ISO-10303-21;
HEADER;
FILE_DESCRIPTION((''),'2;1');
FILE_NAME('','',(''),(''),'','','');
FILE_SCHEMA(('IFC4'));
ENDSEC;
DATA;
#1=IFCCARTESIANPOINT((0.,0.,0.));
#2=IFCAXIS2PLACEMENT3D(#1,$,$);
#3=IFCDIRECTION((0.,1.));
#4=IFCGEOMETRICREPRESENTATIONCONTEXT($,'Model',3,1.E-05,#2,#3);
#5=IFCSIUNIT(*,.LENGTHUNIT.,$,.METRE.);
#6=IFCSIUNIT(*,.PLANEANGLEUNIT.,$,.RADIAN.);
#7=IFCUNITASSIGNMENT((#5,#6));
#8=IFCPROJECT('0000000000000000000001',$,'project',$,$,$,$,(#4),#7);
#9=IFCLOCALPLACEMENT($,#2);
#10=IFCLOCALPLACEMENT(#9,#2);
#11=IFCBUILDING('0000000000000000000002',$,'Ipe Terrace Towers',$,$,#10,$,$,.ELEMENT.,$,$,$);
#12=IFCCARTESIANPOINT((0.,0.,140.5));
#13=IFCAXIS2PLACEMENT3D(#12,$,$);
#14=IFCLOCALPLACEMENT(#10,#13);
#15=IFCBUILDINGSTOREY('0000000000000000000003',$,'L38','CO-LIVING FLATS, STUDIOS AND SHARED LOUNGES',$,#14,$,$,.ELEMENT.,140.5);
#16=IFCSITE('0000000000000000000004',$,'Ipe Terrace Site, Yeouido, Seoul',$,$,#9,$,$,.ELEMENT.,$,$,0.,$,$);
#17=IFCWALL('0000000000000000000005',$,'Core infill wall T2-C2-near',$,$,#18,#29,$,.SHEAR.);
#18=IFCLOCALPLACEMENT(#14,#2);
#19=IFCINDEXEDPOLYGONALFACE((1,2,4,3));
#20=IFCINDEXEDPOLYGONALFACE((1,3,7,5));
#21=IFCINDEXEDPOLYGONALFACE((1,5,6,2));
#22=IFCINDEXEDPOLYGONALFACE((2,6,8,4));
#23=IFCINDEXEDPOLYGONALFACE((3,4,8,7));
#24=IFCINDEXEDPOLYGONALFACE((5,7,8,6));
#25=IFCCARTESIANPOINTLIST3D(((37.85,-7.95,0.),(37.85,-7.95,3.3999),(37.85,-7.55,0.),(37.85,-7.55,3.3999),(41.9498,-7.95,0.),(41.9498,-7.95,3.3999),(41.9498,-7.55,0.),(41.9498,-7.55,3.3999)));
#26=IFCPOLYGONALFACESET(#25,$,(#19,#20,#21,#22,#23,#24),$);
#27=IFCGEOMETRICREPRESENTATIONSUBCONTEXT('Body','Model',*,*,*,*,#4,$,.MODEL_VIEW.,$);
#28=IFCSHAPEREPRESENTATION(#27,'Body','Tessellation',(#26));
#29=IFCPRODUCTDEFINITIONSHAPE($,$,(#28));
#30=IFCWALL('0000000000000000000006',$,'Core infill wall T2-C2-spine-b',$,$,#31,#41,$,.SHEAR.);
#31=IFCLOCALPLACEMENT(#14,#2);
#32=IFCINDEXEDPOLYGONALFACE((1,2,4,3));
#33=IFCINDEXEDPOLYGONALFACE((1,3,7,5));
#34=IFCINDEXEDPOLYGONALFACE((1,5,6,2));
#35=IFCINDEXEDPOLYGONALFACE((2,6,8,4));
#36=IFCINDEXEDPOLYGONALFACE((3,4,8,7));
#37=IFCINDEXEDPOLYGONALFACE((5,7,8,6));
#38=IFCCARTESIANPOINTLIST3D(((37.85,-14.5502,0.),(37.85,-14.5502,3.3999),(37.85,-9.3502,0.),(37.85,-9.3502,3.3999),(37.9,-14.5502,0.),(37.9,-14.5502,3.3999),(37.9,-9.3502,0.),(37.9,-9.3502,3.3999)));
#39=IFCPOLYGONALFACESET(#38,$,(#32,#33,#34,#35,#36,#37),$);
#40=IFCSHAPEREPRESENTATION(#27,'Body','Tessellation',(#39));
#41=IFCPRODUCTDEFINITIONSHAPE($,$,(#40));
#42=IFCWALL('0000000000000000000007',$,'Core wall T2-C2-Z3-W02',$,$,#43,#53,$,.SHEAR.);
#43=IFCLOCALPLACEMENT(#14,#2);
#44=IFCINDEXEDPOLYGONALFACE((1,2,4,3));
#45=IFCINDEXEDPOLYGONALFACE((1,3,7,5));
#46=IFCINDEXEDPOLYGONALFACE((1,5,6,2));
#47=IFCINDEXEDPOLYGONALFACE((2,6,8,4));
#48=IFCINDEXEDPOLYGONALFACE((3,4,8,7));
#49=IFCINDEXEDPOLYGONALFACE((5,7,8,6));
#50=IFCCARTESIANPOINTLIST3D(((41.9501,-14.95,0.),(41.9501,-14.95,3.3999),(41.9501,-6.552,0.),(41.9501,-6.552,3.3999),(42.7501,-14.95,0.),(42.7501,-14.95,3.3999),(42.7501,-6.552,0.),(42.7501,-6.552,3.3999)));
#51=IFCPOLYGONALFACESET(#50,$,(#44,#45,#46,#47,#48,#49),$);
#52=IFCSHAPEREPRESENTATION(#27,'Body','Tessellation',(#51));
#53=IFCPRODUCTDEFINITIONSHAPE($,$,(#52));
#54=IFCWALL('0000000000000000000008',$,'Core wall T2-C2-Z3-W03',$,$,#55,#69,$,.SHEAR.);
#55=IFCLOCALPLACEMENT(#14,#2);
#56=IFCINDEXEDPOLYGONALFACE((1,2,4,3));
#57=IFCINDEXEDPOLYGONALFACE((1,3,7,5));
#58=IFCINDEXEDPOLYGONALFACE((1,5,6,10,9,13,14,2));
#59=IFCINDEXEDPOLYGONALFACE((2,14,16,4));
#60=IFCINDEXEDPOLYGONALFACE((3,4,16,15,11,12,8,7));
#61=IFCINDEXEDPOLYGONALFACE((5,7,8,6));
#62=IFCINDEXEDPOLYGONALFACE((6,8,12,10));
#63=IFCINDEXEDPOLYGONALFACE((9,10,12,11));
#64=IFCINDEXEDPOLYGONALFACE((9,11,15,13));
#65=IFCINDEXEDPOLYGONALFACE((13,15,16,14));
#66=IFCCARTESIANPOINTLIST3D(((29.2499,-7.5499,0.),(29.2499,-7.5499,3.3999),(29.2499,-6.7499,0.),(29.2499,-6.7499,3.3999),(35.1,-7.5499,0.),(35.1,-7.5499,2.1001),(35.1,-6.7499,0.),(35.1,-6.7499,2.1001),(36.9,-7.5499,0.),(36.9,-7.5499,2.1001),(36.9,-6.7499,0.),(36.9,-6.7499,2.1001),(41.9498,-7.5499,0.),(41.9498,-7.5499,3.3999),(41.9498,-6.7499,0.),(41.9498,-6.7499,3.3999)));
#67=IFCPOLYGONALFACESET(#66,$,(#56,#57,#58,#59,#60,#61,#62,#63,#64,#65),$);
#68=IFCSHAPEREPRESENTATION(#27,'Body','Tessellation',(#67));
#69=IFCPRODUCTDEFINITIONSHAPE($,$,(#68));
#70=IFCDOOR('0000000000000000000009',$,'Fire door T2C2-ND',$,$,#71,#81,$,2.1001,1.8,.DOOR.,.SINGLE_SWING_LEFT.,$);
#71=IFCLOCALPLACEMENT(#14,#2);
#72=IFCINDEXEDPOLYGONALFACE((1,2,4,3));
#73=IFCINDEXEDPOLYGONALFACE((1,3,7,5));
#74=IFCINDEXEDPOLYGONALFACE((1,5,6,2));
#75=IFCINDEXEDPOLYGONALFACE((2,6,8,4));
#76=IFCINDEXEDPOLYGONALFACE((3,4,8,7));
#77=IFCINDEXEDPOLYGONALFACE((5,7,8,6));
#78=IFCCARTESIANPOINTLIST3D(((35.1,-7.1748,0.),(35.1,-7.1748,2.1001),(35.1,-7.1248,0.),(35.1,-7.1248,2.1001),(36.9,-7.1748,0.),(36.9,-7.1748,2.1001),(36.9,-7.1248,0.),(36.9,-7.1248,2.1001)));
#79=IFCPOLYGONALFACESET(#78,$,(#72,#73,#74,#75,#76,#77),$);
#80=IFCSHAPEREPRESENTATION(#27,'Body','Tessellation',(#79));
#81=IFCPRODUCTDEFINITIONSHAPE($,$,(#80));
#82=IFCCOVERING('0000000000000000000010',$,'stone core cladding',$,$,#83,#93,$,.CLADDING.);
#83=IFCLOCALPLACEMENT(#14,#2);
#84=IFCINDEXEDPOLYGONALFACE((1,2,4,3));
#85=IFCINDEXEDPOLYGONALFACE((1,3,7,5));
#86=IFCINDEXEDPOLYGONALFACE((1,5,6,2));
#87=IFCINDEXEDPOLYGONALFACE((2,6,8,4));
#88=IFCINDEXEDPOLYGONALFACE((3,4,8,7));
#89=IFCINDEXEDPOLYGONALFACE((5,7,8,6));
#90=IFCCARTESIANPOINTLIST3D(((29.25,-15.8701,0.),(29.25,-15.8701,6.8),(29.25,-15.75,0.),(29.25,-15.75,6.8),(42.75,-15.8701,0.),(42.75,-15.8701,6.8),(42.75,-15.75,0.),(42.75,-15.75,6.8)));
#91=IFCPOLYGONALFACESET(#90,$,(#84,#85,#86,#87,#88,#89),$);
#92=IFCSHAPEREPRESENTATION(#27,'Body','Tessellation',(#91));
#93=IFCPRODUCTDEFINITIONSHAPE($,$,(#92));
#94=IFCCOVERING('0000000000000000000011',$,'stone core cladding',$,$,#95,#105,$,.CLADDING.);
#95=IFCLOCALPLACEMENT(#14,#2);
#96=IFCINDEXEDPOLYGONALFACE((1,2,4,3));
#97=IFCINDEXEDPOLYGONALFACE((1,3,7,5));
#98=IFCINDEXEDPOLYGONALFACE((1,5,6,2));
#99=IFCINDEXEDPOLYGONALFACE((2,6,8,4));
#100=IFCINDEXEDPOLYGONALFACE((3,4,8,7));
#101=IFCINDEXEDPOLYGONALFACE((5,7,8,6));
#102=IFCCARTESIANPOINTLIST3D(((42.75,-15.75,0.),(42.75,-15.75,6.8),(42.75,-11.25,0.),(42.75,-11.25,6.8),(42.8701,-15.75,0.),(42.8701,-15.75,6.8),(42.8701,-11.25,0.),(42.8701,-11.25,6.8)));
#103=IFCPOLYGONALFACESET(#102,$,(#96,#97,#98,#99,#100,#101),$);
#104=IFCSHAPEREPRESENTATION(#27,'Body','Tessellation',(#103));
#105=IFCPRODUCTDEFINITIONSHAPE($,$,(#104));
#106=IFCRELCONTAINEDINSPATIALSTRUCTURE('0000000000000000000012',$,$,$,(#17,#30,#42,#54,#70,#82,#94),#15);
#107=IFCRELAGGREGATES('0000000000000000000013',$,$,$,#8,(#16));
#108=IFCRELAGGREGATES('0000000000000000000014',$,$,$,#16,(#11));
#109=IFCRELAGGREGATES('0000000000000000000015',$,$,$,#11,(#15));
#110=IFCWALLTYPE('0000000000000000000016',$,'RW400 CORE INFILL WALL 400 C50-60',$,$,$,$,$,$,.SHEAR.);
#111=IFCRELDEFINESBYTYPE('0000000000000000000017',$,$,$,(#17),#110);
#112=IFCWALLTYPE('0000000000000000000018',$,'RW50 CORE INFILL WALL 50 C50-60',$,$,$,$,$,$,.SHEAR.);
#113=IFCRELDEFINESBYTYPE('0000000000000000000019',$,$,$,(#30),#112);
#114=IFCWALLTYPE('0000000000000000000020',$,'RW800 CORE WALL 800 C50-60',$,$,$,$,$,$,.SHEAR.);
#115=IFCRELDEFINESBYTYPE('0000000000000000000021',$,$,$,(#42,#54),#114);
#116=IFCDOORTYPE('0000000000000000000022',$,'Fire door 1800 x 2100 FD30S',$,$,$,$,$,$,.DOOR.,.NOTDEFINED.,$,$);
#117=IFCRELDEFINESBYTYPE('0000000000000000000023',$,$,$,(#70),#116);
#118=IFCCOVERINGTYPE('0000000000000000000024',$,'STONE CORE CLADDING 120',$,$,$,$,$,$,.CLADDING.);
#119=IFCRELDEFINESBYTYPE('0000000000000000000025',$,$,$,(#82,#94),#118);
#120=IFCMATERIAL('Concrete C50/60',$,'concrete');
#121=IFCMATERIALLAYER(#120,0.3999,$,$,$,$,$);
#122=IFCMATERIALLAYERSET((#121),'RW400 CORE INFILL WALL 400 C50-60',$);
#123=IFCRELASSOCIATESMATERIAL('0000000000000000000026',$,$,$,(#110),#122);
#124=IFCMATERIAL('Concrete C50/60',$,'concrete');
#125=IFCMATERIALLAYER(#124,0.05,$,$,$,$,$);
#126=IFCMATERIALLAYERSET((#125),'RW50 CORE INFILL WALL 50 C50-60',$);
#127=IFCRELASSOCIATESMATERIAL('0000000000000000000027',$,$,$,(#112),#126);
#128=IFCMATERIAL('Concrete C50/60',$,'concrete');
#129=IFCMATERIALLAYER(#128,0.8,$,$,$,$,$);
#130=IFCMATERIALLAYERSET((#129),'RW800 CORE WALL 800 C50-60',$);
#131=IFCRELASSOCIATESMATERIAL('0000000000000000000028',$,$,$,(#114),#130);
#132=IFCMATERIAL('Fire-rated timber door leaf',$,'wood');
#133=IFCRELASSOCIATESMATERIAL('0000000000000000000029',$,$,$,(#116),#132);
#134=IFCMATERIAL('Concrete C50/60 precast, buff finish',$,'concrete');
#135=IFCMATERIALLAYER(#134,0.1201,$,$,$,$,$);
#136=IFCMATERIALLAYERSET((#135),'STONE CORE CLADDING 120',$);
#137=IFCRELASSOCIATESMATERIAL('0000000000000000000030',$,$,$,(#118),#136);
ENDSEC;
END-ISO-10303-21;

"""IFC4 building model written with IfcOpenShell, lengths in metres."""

from ifc_helpers import new_model, si_unit, direction, frame, frame_2d, origin, origin_2d, place, context, subcontext, project, spatial, rectangle, extrude, material, layer, layer_set, type_object, element, fill, save


model = new_model("IFC4")

# Units and contexts
model_context = context("Model", 3, precision=1e-05, world=origin(), true_north=direction((0.0, 1.0)))
body_context = subcontext(model_context, "Body", "Model", "MODEL_VIEW")
ifc_project = project(units=[si_unit("LENGTHUNIT", "METRE"), si_unit("PLANEANGLEUNIT", "RADIAN")], contexts=[model_context])

# Site, building, storey
site_placement = place(None, origin())
site = spatial("IfcSite", under=ifc_project, at=site_placement, Name="Ipe Terrace Site, Yeouido, Seoul", CompositionType="ELEMENT", RefElevation=0.0)
building_placement = place(site_placement, origin())
building = spatial("IfcBuilding", under=site, at=building_placement, Name="Ipe Terrace Towers", CompositionType="ELEMENT")
storey_placement = place(building_placement, frame((0.0, 0.0, 140.5)))
storey = spatial("IfcBuildingStorey", under=building, at=storey_placement, Name="L38", Description="CO-LIVING FLATS, STUDIOS AND SHARED LOUNGES", CompositionType="ELEMENT", Elevation=140.5)

# Walls
ifc_material_1 = material(Name="Concrete C50/60", Category="concrete")
ifc_layer_1 = layer(ifc_material_1, 0.3999)
ifc_layer_set_1 = layer_set([ifc_layer_1], Name="RW400 CORE INFILL WALL 400 C50-60")
wall_type_1 = type_object("IfcWallType", Name="RW400 CORE INFILL WALL 400 C50-60", PredefinedType="SHEAR", material=ifc_layer_set_1)
wall_1_placement = place(storey_placement, frame((37.8501, -7.75, 0.0), z_axis=(0.0, 0.0, 1.0), x_axis=(1.0, 0.0, 0.0)))
element("IfcWall", 1, at=wall_1_placement, inside=storey, type_object=wall_type_1, Name="Core infill wall T2-C2-near", PredefinedType="SHEAR", context=body_context, shape_type="SweptSolid", body=[
    extrude(rectangle(XDim=4.0999, YDim=0.3999, at=frame_2d((2.0498, 0.0))), origin(), (0.0, 0.0, 1.0), 3.3999),
])
ifc_material_2 = material(Name="Concrete C50/60", Category="concrete")
ifc_layer_2 = layer(ifc_material_2, 0.05)
ifc_layer_set_2 = layer_set([ifc_layer_2], Name="RW50 CORE INFILL WALL 50 C50-60")
wall_type_2 = type_object("IfcWallType", Name="RW50 CORE INFILL WALL 50 C50-60", PredefinedType="SHEAR", material=ifc_layer_set_2)
wall_2_placement = place(storey_placement, frame((37.875, -9.3501, 0.0), z_axis=(0.0, 0.0, 1.0), x_axis=(0.0, -1.0, 0.0)))
element("IfcWall", 2, at=wall_2_placement, inside=storey, type_object=wall_type_2, Name="Core infill wall T2-C2-spine-b", PredefinedType="SHEAR", context=body_context, shape_type="SweptSolid", body=[
    extrude(rectangle(XDim=5.2, YDim=0.05, at=frame_2d((2.6001, 0.0))), origin(), (0.0, 0.0, 1.0), 3.3999),
])
ifc_material_3 = material(Name="Concrete C50/60", Category="concrete")
ifc_layer_3 = layer(ifc_material_3, 0.8)
ifc_layer_set_3 = layer_set([ifc_layer_3], Name="RW800 CORE WALL 800 C50-60")
wall_type_3 = type_object("IfcWallType", Name="RW800 CORE WALL 800 C50-60", PredefinedType="SHEAR", material=ifc_layer_set_3)
wall_3_placement = place(storey_placement, frame((42.3501, -14.95, 0.0), z_axis=(0.0, 0.0, 1.0), x_axis=(0.0, 1.0, 0.0)))
element("IfcWall", 3, at=wall_3_placement, inside=storey, type_object=wall_type_3, Name="Core wall T2-C2-Z3-W02", PredefinedType="SHEAR", context=body_context, shape_type="SweptSolid", body=[
    extrude(rectangle(XDim=8.3979, YDim=0.8, at=frame_2d((4.199, 0.0))), origin(), (0.0, 0.0, 1.0), 3.3999),
])

# Wall, opening, door
wall_4_placement = place(storey_placement, frame((41.95, -7.1499, 0.0), z_axis=(0.0, 0.0, 1.0), x_axis=(-1.0, 0.0, 0.0)))
wall_4 = element("IfcWall", 4, at=wall_4_placement, inside=storey, type_object=wall_type_3, Name="Core wall T2-C2-Z3-W03", PredefinedType="SHEAR", context=body_context, shape_type="SweptSolid", body=[
    extrude(rectangle(XDim=12.7, YDim=0.8, at=frame_2d((6.3501, 0.0))), origin(), (0.0, 0.0, 1.0), 3.3999),
])
opening_1_placement = place(wall_4_placement, frame((5.05, 0.0, 0.0)))
opening_1 = element("IfcOpeningElement", 5, at=opening_1_placement, cuts=wall_4, PredefinedType="OPENING", context=body_context, shape_type="SweptSolid", body=[
    extrude(rectangle(XDim=1.8, YDim=2.1001, at=frame_2d((0.8999, 1.05))), frame((0.0, 0.4102, 0.0), z_axis=(0.0, -1.0, 0.0), x_axis=(1.0, 0.0, 0.0)), (0.0, 0.0, 1.0), 0.8201),
])
ifc_material_4 = material(Name="Fire-rated timber door leaf", Category="wood")
door_type_1 = type_object("IfcDoorType", Name="Fire door 1800 x 2100 FD30S", OperationType="NOTDEFINED", PredefinedType="DOOR", material=ifc_material_4)
door_1_placement = place(opening_1_placement, origin())
door_1 = element("IfcDoor", 6, at=door_1_placement, inside=storey, type_object=door_type_1, Name="Fire door T2C2-ND", OperationType="SINGLE_SWING_LEFT", OverallHeight=2.1001, OverallWidth=1.8, PredefinedType="DOOR", context=body_context, shape_type="SweptSolid", body=[
    extrude(rectangle(XDim=1.8, YDim=2.1001, at=frame_2d((0.8999, 1.05))), frame((0.0, 0.0249, 0.0), z_axis=(0.0, -1.0, 0.0), x_axis=(1.0, 0.0, 0.0)), (0.0, 0.0, 1.0), 0.05),
])
fill(opening_1, door_1)

# Coverings
ifc_material_5 = material(Name="Concrete C50/60 precast, buff finish", Category="concrete")
ifc_layer_4 = layer(ifc_material_5, 0.1201)
ifc_layer_set_4 = layer_set([ifc_layer_4], Name="STONE CORE CLADDING 120")
covering_type = type_object("IfcCoveringType", Name="STONE CORE CLADDING 120", PredefinedType="CLADDING", material=ifc_layer_set_4)
covering_1_placement = place(storey_placement, frame((36.0, -15.8101, 0.0), z_axis=(0.0, 0.0, 1.0), x_axis=(1.0, 0.0, 0.0)))
element("IfcCovering", 7, at=covering_1_placement, inside=storey, type_object=covering_type, Name="stone core cladding", PredefinedType="CLADDING", context=body_context, shape_type="SweptSolid", body=[
    extrude(rectangle(XDim=13.5, YDim=0.1201, at=origin_2d()), origin(), (0.0, 0.0, 1.0), 6.8),
])
covering_2_placement = place(storey_placement, frame((42.8101, -13.5, 0.0), z_axis=(0.0, 0.0, 1.0), x_axis=(0.0, 1.0, 0.0)))
element("IfcCovering", 8, at=covering_2_placement, inside=storey, type_object=covering_type, Name="stone core cladding", PredefinedType="CLADDING", context=body_context, shape_type="SweptSolid", body=[
    extrude(rectangle(XDim=4.5, YDim=0.1201, at=origin_2d()), origin(), (0.0, 0.0, 1.0), 6.8),
])

save(model, "model.ifc")
